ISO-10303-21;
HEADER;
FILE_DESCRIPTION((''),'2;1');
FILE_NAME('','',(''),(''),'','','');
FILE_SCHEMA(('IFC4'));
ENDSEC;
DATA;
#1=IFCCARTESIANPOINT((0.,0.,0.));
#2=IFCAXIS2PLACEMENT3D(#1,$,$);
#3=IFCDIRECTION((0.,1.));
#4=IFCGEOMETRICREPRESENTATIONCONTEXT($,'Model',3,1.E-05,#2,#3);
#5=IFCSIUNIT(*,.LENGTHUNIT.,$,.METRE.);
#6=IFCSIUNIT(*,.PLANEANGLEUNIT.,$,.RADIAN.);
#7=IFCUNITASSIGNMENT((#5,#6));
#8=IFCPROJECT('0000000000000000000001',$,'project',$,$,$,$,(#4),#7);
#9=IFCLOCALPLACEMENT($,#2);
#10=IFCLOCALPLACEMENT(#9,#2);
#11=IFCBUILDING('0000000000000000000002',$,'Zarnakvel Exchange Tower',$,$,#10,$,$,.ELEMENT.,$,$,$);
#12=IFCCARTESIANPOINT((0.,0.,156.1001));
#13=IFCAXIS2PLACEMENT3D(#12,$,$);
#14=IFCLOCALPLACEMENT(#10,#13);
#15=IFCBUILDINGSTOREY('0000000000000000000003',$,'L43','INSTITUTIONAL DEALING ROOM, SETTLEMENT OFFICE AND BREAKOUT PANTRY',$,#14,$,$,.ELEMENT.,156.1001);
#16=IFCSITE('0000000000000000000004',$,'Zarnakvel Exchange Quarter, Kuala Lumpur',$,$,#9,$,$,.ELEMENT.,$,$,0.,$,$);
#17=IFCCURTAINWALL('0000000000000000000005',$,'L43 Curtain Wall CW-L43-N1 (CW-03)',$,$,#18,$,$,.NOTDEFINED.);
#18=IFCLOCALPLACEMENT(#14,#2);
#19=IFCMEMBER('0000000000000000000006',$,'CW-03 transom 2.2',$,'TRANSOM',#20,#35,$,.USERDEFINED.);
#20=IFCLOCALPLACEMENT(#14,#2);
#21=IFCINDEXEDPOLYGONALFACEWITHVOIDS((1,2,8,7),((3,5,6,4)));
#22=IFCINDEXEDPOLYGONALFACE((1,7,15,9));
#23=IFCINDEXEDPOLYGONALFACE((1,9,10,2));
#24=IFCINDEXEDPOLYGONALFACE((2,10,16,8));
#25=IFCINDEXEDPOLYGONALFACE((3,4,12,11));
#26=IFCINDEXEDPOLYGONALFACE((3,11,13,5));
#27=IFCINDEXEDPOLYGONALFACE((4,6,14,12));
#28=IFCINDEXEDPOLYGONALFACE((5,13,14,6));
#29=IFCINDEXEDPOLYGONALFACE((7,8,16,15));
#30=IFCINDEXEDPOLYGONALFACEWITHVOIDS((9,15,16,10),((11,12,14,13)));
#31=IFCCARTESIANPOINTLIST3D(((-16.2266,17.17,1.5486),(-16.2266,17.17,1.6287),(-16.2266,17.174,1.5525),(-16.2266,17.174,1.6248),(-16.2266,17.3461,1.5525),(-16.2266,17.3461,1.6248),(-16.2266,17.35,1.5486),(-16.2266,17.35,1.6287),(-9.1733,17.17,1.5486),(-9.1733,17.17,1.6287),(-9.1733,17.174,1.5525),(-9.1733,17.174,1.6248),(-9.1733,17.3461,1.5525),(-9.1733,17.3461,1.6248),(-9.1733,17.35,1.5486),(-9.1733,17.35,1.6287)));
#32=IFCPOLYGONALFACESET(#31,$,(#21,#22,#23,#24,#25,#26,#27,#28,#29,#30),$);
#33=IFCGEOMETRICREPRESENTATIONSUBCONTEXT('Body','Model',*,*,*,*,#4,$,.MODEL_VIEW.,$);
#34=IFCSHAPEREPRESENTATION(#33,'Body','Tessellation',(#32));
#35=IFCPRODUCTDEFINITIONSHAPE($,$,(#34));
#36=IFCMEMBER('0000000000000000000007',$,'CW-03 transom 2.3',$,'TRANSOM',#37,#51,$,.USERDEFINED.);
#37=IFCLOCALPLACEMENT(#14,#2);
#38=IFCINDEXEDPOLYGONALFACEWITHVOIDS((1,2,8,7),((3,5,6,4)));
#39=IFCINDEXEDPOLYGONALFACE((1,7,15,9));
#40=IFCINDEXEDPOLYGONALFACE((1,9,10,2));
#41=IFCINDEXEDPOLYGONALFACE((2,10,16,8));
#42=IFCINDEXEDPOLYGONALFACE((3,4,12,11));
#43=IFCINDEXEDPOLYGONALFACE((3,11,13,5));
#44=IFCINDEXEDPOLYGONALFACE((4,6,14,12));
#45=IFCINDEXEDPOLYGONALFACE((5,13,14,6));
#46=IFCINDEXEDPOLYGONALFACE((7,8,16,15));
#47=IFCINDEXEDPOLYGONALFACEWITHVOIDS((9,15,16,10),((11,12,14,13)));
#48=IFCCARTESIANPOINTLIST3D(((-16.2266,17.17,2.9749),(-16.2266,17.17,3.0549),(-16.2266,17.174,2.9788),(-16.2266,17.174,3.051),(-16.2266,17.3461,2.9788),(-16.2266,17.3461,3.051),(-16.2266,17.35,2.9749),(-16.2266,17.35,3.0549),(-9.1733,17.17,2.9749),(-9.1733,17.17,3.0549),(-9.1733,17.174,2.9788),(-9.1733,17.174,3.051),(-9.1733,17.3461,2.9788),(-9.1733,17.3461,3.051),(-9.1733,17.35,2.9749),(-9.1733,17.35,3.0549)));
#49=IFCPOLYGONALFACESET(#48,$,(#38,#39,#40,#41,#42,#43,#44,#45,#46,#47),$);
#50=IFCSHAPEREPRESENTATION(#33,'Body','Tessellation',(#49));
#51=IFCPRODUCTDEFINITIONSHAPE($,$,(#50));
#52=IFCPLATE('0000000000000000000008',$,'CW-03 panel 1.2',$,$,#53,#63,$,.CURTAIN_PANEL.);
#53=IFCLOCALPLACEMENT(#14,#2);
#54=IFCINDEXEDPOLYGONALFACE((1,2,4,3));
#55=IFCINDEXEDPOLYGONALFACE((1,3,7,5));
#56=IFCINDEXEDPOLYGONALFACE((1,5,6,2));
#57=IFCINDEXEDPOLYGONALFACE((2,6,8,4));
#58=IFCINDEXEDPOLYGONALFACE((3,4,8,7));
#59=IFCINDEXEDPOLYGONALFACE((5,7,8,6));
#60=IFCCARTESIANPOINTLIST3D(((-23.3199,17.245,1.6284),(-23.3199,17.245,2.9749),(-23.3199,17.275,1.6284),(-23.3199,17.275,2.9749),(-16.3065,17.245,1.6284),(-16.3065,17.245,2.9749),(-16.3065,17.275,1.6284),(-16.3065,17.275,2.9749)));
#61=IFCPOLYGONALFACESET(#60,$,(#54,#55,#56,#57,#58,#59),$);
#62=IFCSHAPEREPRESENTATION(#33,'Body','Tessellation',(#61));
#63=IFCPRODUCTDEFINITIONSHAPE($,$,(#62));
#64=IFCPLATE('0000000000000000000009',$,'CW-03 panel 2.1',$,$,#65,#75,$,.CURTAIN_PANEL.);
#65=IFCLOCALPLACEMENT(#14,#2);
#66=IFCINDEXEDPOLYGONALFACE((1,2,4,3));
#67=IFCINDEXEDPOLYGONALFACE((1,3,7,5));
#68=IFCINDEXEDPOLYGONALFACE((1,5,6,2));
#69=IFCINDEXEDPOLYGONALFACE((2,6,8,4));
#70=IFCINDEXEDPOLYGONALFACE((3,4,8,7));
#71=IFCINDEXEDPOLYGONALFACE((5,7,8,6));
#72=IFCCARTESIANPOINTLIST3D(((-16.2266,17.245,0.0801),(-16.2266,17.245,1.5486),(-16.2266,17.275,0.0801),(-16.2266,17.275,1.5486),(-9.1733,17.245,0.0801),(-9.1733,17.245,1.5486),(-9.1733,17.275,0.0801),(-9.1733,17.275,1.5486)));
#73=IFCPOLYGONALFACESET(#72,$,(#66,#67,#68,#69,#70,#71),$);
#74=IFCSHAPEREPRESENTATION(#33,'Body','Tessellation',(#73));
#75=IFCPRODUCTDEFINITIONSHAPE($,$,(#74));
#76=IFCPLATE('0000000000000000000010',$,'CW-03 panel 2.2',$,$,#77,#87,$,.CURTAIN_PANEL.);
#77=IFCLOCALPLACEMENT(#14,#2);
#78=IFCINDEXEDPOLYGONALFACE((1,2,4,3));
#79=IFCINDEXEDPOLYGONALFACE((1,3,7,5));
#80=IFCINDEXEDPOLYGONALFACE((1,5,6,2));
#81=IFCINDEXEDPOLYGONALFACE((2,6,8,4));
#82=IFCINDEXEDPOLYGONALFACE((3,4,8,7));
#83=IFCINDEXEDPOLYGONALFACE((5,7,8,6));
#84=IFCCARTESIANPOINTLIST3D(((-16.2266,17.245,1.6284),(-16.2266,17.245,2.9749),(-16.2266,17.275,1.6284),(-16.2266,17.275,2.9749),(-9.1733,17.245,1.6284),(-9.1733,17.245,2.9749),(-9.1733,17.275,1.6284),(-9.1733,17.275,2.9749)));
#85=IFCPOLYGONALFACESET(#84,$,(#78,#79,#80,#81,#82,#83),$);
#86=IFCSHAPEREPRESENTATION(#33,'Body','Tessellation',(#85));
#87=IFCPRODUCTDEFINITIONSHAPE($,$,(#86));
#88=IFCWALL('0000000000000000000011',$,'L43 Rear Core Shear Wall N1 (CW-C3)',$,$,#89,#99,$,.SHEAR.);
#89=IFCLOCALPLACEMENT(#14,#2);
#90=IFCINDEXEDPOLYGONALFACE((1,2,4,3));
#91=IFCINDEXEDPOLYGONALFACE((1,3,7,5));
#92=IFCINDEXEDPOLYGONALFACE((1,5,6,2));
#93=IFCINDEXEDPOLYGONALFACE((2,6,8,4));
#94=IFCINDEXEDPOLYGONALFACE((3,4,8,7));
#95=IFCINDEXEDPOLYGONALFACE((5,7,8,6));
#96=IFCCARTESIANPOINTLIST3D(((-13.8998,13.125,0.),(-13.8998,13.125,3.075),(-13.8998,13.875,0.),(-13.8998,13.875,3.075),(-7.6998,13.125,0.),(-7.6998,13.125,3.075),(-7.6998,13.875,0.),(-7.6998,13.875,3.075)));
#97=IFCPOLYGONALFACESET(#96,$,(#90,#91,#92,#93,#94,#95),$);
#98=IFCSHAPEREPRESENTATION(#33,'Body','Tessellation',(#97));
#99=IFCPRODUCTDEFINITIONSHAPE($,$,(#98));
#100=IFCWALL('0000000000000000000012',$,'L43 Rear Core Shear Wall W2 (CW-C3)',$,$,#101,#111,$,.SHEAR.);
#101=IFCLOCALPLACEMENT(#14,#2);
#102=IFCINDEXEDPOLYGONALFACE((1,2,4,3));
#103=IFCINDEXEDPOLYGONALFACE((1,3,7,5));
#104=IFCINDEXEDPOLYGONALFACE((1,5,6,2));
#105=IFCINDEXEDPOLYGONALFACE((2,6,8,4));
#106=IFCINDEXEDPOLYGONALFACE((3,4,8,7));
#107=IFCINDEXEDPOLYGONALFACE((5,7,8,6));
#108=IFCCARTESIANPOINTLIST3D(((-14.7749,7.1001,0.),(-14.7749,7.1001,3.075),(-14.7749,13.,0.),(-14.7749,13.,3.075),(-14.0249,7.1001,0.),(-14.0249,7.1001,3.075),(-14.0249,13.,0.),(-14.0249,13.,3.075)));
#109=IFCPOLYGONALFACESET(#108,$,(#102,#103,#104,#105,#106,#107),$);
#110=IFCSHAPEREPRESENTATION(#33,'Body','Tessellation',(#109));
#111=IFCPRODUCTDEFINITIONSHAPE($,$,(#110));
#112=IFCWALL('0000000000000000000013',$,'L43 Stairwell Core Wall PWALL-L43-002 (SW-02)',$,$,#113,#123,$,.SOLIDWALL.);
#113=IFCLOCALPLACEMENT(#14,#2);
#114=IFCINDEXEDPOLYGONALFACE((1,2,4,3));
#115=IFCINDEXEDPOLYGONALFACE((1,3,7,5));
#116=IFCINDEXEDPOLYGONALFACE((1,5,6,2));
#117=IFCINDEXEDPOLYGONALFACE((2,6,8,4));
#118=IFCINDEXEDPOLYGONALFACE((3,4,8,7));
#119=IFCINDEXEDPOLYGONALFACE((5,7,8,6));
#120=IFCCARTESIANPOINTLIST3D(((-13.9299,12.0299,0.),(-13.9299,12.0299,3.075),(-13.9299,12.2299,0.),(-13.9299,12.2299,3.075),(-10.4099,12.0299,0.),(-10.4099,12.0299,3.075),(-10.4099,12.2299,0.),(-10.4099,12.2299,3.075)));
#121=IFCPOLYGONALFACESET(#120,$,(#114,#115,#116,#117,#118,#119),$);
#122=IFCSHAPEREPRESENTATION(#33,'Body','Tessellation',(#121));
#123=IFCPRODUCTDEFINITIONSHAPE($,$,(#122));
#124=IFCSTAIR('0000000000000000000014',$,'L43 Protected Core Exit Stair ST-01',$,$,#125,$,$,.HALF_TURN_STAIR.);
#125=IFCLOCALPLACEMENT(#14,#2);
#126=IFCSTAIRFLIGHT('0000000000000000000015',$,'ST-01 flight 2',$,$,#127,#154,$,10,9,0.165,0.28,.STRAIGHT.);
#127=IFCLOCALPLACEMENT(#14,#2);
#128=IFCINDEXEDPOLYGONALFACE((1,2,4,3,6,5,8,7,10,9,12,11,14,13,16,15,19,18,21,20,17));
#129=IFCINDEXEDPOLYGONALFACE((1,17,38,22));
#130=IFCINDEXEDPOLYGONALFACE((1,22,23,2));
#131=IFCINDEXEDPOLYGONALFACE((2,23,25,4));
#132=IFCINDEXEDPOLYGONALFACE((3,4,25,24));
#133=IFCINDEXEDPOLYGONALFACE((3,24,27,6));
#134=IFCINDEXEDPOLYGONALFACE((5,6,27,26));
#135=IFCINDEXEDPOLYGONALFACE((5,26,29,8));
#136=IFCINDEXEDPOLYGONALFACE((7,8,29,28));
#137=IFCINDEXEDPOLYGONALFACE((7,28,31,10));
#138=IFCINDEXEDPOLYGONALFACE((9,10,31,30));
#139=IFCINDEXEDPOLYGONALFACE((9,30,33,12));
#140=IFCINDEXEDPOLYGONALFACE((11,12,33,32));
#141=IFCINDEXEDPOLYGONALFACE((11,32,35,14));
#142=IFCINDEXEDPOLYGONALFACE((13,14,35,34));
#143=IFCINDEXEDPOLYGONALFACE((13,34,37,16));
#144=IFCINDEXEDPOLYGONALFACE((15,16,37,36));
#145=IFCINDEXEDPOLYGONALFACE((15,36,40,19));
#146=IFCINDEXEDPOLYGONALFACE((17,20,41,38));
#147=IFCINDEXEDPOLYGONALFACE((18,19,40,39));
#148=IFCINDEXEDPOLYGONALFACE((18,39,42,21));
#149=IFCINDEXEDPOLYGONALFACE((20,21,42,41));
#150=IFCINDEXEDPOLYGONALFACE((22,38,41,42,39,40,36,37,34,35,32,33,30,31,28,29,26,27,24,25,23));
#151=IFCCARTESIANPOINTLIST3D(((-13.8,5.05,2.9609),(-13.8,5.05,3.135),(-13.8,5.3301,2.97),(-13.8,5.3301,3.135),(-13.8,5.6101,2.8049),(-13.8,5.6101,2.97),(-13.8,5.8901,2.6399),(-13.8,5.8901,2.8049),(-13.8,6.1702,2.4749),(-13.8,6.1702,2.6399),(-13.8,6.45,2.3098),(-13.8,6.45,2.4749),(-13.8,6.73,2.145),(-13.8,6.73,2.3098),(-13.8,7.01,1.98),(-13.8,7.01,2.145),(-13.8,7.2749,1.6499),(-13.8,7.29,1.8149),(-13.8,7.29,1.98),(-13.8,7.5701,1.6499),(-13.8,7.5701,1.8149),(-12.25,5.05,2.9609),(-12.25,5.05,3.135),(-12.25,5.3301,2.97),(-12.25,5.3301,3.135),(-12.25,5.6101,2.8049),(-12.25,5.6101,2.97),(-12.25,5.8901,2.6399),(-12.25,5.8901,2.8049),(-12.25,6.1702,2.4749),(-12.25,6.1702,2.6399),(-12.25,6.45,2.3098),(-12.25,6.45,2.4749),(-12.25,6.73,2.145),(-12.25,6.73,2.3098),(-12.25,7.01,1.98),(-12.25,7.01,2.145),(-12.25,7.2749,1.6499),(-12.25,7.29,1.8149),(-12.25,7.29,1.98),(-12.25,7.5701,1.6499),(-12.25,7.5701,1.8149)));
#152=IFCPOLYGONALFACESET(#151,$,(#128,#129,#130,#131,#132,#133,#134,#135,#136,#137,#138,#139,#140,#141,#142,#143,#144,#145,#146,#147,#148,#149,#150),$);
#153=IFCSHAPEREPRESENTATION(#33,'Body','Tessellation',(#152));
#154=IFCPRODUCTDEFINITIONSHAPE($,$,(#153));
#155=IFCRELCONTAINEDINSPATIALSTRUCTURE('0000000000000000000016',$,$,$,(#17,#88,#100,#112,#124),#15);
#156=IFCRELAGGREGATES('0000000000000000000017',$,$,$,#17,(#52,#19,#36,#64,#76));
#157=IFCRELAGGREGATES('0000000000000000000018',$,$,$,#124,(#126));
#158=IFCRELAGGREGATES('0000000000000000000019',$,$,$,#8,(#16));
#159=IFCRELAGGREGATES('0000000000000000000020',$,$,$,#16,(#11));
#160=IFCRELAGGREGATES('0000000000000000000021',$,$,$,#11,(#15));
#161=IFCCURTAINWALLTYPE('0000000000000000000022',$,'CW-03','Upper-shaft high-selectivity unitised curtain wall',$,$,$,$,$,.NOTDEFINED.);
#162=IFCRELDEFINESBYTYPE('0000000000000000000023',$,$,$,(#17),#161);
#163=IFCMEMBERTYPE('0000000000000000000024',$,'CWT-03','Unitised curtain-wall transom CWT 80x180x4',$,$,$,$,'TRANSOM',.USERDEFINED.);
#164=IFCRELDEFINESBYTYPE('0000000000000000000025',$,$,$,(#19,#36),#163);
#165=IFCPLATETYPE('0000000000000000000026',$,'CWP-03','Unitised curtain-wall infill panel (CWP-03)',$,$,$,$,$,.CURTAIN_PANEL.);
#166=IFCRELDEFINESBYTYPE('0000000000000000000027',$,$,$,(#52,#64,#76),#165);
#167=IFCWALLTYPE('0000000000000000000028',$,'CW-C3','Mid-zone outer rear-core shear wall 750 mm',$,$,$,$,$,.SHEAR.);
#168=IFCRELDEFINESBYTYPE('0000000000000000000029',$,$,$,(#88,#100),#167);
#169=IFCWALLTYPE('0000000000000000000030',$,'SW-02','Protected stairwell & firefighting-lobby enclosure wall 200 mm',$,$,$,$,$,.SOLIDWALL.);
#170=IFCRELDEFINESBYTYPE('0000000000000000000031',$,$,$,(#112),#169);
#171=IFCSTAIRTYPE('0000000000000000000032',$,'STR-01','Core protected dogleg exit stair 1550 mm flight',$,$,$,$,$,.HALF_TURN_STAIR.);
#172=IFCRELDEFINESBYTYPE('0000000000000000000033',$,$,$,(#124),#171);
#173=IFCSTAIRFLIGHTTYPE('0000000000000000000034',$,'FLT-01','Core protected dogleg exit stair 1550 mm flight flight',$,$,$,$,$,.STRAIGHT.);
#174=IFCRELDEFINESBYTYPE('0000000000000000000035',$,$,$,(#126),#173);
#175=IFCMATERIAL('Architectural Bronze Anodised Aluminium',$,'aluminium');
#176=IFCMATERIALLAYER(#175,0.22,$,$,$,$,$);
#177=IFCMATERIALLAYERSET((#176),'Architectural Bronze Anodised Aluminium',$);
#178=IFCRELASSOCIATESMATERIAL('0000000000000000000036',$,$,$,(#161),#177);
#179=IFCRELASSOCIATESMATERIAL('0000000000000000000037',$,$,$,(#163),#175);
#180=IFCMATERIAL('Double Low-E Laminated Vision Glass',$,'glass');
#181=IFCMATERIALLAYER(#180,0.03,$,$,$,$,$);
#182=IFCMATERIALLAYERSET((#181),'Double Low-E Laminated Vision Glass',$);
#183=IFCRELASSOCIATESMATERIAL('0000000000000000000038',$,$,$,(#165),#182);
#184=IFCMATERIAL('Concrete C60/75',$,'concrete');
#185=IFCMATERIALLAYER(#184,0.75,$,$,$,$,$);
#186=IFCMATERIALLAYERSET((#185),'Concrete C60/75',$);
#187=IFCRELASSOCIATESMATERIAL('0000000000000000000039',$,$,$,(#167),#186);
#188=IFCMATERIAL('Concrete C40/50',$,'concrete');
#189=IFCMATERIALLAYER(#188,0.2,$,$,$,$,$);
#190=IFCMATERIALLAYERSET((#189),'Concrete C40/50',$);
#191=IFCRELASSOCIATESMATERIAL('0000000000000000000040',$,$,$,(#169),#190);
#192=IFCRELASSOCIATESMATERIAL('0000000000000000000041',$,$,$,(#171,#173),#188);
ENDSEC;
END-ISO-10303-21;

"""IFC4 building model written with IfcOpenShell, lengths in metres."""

from ifc_helpers import new_model, si_unit, direction, frame, frame_2d, origin, origin_2d, place, context, subcontext, project, spatial, polyline, rectangle, hollow_rectangle, outline, extrude, source, transform, mapped, material, layer, layer_set, material_profile, profile_set, type_object, element, aggregate, save


model = new_model("IFC4")

# Units and contexts
model_context = context("Model", 3, precision=1e-05, world=origin(), true_north=direction((0.0, 1.0)))
body_context = subcontext(model_context, "Body", "Model", "MODEL_VIEW")
ifc_project = project(units=[si_unit("LENGTHUNIT", "METRE"), si_unit("PLANEANGLEUNIT", "RADIAN")], contexts=[model_context])

# Site, building, storey
site_placement = place(None, origin())
site = spatial("IfcSite", under=ifc_project, at=site_placement, Name="Zarnakvel Exchange Quarter, Kuala Lumpur", CompositionType="ELEMENT", RefElevation=0.0)
building_placement = place(site_placement, origin())
building = spatial("IfcBuilding", under=site, at=building_placement, Name="Zarnakvel Exchange Tower", CompositionType="ELEMENT")
storey_placement = place(building_placement, frame((0.0, 0.0, 156.1001)))
storey = spatial("IfcBuildingStorey", under=building, at=storey_placement, Name="L43", Description="INSTITUTIONAL DEALING ROOM, SETTLEMENT OFFICE AND BREAKOUT PANTRY", CompositionType="ELEMENT", Elevation=156.1001)

# Shared definitions
ifc_material_1 = material(Name="Concrete C60/75", Category="concrete")

# Curtain wall, members, plates
ifc_material_2 = material(Name="Architectural Bronze Anodised Aluminium", Category="aluminium")
ifc_layer_1 = layer(ifc_material_2, 0.22)
ifc_layer_set_1 = layer_set([ifc_layer_1], Name="Architectural Bronze Anodised Aluminium")
curtain_wall_type = type_object("IfcCurtainWallType", Name="CW-03", Description="Upper-shaft high-selectivity unitised curtain wall", PredefinedType="NOTDEFINED", material=ifc_layer_set_1)
curtain_wall_placement = place(storey_placement, origin())
curtain_wall = element("IfcCurtainWall", 1, at=curtain_wall_placement, inside=storey, type_object=curtain_wall_type, Name="L43 Curtain Wall CW-L43-N1 (CW-03)", PredefinedType="NOTDEFINED")
ifc_material_profile_1 = material_profile(ifc_material_2, hollow_rectangle(XDim=0.1799, YDim=0.0801, WallThickness=0.0039, at=origin_2d()))
ifc_profile_set_1 = profile_set([ifc_material_profile_1], Name="Architectural Bronze Anodised Aluminium")
member_type_1 = type_object("IfcMemberType", Name="CWT-03", Description="Unitised curtain-wall transom CWT 80x180x4", ElementType="TRANSOM", PredefinedType="USERDEFINED", material=ifc_profile_set_1)
shared_shape_1 = source(origin(), body_context, "Body", "SweptSolid", [
    extrude(hollow_rectangle(XDim=0.1799, YDim=0.0801, WallThickness=0.0039, at=origin_2d()), origin(), (0.0, 0.0, 1.0), 7.0532),
])
member_1_placement = place(storey_placement, frame((-16.2266, 17.26, 1.5886), z_axis=(1.0, 0.0, 0.0), x_axis=(0.0, 1.0, 0.0)))
member_1 = element("IfcMember", 2, at=member_1_placement, type_object=member_type_1, Name="CW-03 transom 2.2", ObjectType="TRANSOM", PredefinedType="USERDEFINED", context=body_context, shape_type="MappedRepresentation", body=[
    mapped(shared_shape_1, transform((0.0, 0.0, 0.0), x_axis=(1.0, 0.0, 0.0), y_axis=(0.0, 1.0, 0.0), z_axis=(0.0, 0.0, 1.0), scale=1.0)),
])
member_2_placement = place(storey_placement, frame((-16.2266, 17.26, 3.0149), z_axis=(1.0, 0.0, 0.0), x_axis=(0.0, 1.0, 0.0)))
member_2 = element("IfcMember", 3, at=member_2_placement, type_object=member_type_1, Name="CW-03 transom 2.3", ObjectType="TRANSOM", PredefinedType="USERDEFINED", context=body_context, shape_type="MappedRepresentation", body=[
    mapped(shared_shape_1, transform((0.0, 0.0, 0.0), x_axis=(1.0, 0.0, 0.0), y_axis=(0.0, 1.0, 0.0), z_axis=(0.0, 0.0, 1.0), scale=1.0)),
])
ifc_material_3 = material(Name="Double Low-E Laminated Vision Glass", Category="glass")
ifc_layer_2 = layer(ifc_material_3, 0.03)
ifc_layer_set_2 = layer_set([ifc_layer_2], Name="Double Low-E Laminated Vision Glass")
plate_type = type_object("IfcPlateType", Name="CWP-03", Description="Unitised curtain-wall infill panel (CWP-03)", PredefinedType="CURTAIN_PANEL", material=ifc_layer_set_2)
shared_shape_2 = source(origin(), body_context, "Body", "SweptSolid", [
    extrude(rectangle(XDim=7.0134, YDim=0.03, at=origin_2d()), origin(), (0.0, 0.0, 1.0), 1.3464),
])
plate_1_placement = place(storey_placement, frame((-19.8132, 17.26, 1.6284), z_axis=(0.0, 0.0, 1.0), x_axis=(1.0, 0.0, 0.0)))
plate_1 = element("IfcPlate", 4, at=plate_1_placement, type_object=plate_type, Name="CW-03 panel 1.2", PredefinedType="CURTAIN_PANEL", context=body_context, shape_type="MappedRepresentation", body=[
    mapped(shared_shape_2, transform((0.0, 0.0, 0.0), x_axis=(1.0, 0.0, 0.0), y_axis=(0.0, 1.0, 0.0), z_axis=(0.0, 0.0, 1.0), scale=1.0)),
])
shared_shape_3 = source(origin(), body_context, "Body", "SweptSolid", [
    extrude(rectangle(XDim=7.0532, YDim=0.03, at=origin_2d()), origin(), (0.0, 0.0, 1.0), 1.4685),
])
plate_2_placement = place(storey_placement, frame((-12.7, 17.26, 0.0801), z_axis=(0.0, 0.0, 1.0), x_axis=(1.0, 0.0, 0.0)))
plate_2 = element("IfcPlate", 5, at=plate_2_placement, type_object=plate_type, Name="CW-03 panel 2.1", PredefinedType="CURTAIN_PANEL", context=body_context, shape_type="MappedRepresentation", body=[
    mapped(shared_shape_3, transform((0.0, 0.0, 0.0), x_axis=(1.0, 0.0, 0.0), y_axis=(0.0, 1.0, 0.0), z_axis=(0.0, 0.0, 1.0), scale=1.0)),
])
shared_shape_4 = source(origin(), body_context, "Body", "SweptSolid", [
    extrude(rectangle(XDim=7.0532, YDim=0.03, at=origin_2d()), origin(), (0.0, 0.0, 1.0), 1.3464),
])
plate_3_placement = place(storey_placement, frame((-12.7, 17.26, 1.6284), z_axis=(0.0, 0.0, 1.0), x_axis=(1.0, 0.0, 0.0)))
plate_3 = element("IfcPlate", 6, at=plate_3_placement, type_object=plate_type, Name="CW-03 panel 2.2", PredefinedType="CURTAIN_PANEL", context=body_context, shape_type="MappedRepresentation", body=[
    mapped(shared_shape_4, transform((0.0, 0.0, 0.0), x_axis=(1.0, 0.0, 0.0), y_axis=(0.0, 1.0, 0.0), z_axis=(0.0, 0.0, 1.0), scale=1.0)),
])
aggregate(curtain_wall, [plate_1, member_1, member_2, plate_2, plate_3])

# Walls
ifc_layer_3 = layer(ifc_material_1, 0.75)
ifc_layer_set_3 = layer_set([ifc_layer_3], Name="Concrete C60/75")
wall_type_1 = type_object("IfcWallType", Name="CW-C3", Description="Mid-zone outer rear-core shear wall 750 mm", PredefinedType="SHEAR", material=ifc_layer_set_3)
wall_1_placement = place(storey_placement, frame((-13.8999, 13.5, 0.0), z_axis=(0.0, 0.0, 1.0), x_axis=(1.0, 0.0, 0.0)))
element("IfcWall", 7, at=wall_1_placement, inside=storey, type_object=wall_type_1, Name="L43 Rear Core Shear Wall N1 (CW-C3)", PredefinedType="SHEAR", context=body_context, shape_type="SweptSolid", body=[
    extrude(rectangle(XDim=6.2, YDim=0.75, at=frame_2d((3.1001, 0.0))), origin(), (0.0, 0.0, 1.0), 3.075),
])
wall_2_placement = place(storey_placement, frame((-14.3999, 7.1001, 0.0), z_axis=(0.0, 0.0, 1.0), x_axis=(0.0, 1.0, 0.0)))
element("IfcWall", 8, at=wall_2_placement, inside=storey, type_object=wall_type_1, Name="L43 Rear Core Shear Wall W2 (CW-C3)", PredefinedType="SHEAR", context=body_context, shape_type="SweptSolid", body=[
    extrude(rectangle(XDim=5.8999, YDim=0.75, at=frame_2d((2.95, 0.0))), origin(), (0.0, 0.0, 1.0), 3.075),
])

# Wall
ifc_material_4 = material(Name="Concrete C40/50", Category="concrete")
ifc_layer_4 = layer(ifc_material_4, 0.2)
ifc_layer_set_4 = layer_set([ifc_layer_4], Name="Concrete C40/50")
wall_type_2 = type_object("IfcWallType", Name="SW-02", Description="Protected stairwell & firefighting-lobby enclosure wall 200 mm", PredefinedType="SOLIDWALL", material=ifc_layer_set_4)
wall_3_placement = place(storey_placement, frame((-13.9299, 12.1299, 0.0), z_axis=(0.0, 0.0, 1.0), x_axis=(1.0, 0.0, 0.0)))
element("IfcWall", 9, at=wall_3_placement, inside=storey, type_object=wall_type_2, Name="L43 Stairwell Core Wall PWALL-L43-002 (SW-02)", PredefinedType="SOLIDWALL", context=body_context, shape_type="SweptSolid", body=[
    extrude(rectangle(XDim=3.52, YDim=0.2, at=frame_2d((1.76, 0.0))), origin(), (0.0, 0.0, 1.0), 3.075),
])

# Stair, stair flight
stair_type = type_object("IfcStairType", Name="STR-01", Description="Core protected dogleg exit stair 1550 mm flight", PredefinedType="HALF_TURN_STAIR", material=ifc_material_4)
stair_placement = place(storey_placement, origin())
stair = element("IfcStair", 10, at=stair_placement, inside=storey, type_object=stair_type, Name="L43 Protected Core Exit Stair ST-01", PredefinedType="HALF_TURN_STAIR")
stair_flight_type = type_object("IfcStairFlightType", Name="FLT-01", Description="Core protected dogleg exit stair 1550 mm flight flight", PredefinedType="STRAIGHT", material=ifc_material_4)
stair_flight_placement = place(storey_placement, frame((-13.0249, 7.5701, 1.6499), z_axis=(0.0, 0.0, 1.0), x_axis=(0.0, -1.0, 0.0)))
stair_flight = element("IfcStairFlight", 11, at=stair_flight_placement, type_object=stair_flight_type, Name="ST-01 flight 2", NumberOfRisers=10, NumberOfTreads=9, PredefinedType="STRAIGHT", RiserHeight=0.165, TreadLength=0.28, context=body_context, shape_type="SweptSolid", body=[
    extrude(outline(polyline([(0.0, 0.0), (0.0, 0.165), (0.28, 0.165), (0.28, 0.3301), (0.5601, 0.3301), (0.5601, 0.4951), (0.8401, 0.4951), (0.8401, 0.6599), (1.1201, 0.6599), (1.1201, 0.825), (1.3999, 0.825), (1.3999, 0.99), (1.6799, 0.99), (1.6799, 1.155), (1.96, 1.155), (1.96, 1.3201), (2.24, 1.3201), (2.24, 1.4851), (2.52, 1.4851), (2.52, 1.6499), (2.52, 1.311), (0.2952, 0.0), (0.0, 0.0)])), frame((0.0, 0.7749, 0.0), z_axis=(0.0, -1.0, 0.0), x_axis=(1.0, 0.0, 0.0)), (0.0, 0.0, 1.0), 1.55),
])
aggregate(stair, [stair_flight])

save(model, "model.ifc")
